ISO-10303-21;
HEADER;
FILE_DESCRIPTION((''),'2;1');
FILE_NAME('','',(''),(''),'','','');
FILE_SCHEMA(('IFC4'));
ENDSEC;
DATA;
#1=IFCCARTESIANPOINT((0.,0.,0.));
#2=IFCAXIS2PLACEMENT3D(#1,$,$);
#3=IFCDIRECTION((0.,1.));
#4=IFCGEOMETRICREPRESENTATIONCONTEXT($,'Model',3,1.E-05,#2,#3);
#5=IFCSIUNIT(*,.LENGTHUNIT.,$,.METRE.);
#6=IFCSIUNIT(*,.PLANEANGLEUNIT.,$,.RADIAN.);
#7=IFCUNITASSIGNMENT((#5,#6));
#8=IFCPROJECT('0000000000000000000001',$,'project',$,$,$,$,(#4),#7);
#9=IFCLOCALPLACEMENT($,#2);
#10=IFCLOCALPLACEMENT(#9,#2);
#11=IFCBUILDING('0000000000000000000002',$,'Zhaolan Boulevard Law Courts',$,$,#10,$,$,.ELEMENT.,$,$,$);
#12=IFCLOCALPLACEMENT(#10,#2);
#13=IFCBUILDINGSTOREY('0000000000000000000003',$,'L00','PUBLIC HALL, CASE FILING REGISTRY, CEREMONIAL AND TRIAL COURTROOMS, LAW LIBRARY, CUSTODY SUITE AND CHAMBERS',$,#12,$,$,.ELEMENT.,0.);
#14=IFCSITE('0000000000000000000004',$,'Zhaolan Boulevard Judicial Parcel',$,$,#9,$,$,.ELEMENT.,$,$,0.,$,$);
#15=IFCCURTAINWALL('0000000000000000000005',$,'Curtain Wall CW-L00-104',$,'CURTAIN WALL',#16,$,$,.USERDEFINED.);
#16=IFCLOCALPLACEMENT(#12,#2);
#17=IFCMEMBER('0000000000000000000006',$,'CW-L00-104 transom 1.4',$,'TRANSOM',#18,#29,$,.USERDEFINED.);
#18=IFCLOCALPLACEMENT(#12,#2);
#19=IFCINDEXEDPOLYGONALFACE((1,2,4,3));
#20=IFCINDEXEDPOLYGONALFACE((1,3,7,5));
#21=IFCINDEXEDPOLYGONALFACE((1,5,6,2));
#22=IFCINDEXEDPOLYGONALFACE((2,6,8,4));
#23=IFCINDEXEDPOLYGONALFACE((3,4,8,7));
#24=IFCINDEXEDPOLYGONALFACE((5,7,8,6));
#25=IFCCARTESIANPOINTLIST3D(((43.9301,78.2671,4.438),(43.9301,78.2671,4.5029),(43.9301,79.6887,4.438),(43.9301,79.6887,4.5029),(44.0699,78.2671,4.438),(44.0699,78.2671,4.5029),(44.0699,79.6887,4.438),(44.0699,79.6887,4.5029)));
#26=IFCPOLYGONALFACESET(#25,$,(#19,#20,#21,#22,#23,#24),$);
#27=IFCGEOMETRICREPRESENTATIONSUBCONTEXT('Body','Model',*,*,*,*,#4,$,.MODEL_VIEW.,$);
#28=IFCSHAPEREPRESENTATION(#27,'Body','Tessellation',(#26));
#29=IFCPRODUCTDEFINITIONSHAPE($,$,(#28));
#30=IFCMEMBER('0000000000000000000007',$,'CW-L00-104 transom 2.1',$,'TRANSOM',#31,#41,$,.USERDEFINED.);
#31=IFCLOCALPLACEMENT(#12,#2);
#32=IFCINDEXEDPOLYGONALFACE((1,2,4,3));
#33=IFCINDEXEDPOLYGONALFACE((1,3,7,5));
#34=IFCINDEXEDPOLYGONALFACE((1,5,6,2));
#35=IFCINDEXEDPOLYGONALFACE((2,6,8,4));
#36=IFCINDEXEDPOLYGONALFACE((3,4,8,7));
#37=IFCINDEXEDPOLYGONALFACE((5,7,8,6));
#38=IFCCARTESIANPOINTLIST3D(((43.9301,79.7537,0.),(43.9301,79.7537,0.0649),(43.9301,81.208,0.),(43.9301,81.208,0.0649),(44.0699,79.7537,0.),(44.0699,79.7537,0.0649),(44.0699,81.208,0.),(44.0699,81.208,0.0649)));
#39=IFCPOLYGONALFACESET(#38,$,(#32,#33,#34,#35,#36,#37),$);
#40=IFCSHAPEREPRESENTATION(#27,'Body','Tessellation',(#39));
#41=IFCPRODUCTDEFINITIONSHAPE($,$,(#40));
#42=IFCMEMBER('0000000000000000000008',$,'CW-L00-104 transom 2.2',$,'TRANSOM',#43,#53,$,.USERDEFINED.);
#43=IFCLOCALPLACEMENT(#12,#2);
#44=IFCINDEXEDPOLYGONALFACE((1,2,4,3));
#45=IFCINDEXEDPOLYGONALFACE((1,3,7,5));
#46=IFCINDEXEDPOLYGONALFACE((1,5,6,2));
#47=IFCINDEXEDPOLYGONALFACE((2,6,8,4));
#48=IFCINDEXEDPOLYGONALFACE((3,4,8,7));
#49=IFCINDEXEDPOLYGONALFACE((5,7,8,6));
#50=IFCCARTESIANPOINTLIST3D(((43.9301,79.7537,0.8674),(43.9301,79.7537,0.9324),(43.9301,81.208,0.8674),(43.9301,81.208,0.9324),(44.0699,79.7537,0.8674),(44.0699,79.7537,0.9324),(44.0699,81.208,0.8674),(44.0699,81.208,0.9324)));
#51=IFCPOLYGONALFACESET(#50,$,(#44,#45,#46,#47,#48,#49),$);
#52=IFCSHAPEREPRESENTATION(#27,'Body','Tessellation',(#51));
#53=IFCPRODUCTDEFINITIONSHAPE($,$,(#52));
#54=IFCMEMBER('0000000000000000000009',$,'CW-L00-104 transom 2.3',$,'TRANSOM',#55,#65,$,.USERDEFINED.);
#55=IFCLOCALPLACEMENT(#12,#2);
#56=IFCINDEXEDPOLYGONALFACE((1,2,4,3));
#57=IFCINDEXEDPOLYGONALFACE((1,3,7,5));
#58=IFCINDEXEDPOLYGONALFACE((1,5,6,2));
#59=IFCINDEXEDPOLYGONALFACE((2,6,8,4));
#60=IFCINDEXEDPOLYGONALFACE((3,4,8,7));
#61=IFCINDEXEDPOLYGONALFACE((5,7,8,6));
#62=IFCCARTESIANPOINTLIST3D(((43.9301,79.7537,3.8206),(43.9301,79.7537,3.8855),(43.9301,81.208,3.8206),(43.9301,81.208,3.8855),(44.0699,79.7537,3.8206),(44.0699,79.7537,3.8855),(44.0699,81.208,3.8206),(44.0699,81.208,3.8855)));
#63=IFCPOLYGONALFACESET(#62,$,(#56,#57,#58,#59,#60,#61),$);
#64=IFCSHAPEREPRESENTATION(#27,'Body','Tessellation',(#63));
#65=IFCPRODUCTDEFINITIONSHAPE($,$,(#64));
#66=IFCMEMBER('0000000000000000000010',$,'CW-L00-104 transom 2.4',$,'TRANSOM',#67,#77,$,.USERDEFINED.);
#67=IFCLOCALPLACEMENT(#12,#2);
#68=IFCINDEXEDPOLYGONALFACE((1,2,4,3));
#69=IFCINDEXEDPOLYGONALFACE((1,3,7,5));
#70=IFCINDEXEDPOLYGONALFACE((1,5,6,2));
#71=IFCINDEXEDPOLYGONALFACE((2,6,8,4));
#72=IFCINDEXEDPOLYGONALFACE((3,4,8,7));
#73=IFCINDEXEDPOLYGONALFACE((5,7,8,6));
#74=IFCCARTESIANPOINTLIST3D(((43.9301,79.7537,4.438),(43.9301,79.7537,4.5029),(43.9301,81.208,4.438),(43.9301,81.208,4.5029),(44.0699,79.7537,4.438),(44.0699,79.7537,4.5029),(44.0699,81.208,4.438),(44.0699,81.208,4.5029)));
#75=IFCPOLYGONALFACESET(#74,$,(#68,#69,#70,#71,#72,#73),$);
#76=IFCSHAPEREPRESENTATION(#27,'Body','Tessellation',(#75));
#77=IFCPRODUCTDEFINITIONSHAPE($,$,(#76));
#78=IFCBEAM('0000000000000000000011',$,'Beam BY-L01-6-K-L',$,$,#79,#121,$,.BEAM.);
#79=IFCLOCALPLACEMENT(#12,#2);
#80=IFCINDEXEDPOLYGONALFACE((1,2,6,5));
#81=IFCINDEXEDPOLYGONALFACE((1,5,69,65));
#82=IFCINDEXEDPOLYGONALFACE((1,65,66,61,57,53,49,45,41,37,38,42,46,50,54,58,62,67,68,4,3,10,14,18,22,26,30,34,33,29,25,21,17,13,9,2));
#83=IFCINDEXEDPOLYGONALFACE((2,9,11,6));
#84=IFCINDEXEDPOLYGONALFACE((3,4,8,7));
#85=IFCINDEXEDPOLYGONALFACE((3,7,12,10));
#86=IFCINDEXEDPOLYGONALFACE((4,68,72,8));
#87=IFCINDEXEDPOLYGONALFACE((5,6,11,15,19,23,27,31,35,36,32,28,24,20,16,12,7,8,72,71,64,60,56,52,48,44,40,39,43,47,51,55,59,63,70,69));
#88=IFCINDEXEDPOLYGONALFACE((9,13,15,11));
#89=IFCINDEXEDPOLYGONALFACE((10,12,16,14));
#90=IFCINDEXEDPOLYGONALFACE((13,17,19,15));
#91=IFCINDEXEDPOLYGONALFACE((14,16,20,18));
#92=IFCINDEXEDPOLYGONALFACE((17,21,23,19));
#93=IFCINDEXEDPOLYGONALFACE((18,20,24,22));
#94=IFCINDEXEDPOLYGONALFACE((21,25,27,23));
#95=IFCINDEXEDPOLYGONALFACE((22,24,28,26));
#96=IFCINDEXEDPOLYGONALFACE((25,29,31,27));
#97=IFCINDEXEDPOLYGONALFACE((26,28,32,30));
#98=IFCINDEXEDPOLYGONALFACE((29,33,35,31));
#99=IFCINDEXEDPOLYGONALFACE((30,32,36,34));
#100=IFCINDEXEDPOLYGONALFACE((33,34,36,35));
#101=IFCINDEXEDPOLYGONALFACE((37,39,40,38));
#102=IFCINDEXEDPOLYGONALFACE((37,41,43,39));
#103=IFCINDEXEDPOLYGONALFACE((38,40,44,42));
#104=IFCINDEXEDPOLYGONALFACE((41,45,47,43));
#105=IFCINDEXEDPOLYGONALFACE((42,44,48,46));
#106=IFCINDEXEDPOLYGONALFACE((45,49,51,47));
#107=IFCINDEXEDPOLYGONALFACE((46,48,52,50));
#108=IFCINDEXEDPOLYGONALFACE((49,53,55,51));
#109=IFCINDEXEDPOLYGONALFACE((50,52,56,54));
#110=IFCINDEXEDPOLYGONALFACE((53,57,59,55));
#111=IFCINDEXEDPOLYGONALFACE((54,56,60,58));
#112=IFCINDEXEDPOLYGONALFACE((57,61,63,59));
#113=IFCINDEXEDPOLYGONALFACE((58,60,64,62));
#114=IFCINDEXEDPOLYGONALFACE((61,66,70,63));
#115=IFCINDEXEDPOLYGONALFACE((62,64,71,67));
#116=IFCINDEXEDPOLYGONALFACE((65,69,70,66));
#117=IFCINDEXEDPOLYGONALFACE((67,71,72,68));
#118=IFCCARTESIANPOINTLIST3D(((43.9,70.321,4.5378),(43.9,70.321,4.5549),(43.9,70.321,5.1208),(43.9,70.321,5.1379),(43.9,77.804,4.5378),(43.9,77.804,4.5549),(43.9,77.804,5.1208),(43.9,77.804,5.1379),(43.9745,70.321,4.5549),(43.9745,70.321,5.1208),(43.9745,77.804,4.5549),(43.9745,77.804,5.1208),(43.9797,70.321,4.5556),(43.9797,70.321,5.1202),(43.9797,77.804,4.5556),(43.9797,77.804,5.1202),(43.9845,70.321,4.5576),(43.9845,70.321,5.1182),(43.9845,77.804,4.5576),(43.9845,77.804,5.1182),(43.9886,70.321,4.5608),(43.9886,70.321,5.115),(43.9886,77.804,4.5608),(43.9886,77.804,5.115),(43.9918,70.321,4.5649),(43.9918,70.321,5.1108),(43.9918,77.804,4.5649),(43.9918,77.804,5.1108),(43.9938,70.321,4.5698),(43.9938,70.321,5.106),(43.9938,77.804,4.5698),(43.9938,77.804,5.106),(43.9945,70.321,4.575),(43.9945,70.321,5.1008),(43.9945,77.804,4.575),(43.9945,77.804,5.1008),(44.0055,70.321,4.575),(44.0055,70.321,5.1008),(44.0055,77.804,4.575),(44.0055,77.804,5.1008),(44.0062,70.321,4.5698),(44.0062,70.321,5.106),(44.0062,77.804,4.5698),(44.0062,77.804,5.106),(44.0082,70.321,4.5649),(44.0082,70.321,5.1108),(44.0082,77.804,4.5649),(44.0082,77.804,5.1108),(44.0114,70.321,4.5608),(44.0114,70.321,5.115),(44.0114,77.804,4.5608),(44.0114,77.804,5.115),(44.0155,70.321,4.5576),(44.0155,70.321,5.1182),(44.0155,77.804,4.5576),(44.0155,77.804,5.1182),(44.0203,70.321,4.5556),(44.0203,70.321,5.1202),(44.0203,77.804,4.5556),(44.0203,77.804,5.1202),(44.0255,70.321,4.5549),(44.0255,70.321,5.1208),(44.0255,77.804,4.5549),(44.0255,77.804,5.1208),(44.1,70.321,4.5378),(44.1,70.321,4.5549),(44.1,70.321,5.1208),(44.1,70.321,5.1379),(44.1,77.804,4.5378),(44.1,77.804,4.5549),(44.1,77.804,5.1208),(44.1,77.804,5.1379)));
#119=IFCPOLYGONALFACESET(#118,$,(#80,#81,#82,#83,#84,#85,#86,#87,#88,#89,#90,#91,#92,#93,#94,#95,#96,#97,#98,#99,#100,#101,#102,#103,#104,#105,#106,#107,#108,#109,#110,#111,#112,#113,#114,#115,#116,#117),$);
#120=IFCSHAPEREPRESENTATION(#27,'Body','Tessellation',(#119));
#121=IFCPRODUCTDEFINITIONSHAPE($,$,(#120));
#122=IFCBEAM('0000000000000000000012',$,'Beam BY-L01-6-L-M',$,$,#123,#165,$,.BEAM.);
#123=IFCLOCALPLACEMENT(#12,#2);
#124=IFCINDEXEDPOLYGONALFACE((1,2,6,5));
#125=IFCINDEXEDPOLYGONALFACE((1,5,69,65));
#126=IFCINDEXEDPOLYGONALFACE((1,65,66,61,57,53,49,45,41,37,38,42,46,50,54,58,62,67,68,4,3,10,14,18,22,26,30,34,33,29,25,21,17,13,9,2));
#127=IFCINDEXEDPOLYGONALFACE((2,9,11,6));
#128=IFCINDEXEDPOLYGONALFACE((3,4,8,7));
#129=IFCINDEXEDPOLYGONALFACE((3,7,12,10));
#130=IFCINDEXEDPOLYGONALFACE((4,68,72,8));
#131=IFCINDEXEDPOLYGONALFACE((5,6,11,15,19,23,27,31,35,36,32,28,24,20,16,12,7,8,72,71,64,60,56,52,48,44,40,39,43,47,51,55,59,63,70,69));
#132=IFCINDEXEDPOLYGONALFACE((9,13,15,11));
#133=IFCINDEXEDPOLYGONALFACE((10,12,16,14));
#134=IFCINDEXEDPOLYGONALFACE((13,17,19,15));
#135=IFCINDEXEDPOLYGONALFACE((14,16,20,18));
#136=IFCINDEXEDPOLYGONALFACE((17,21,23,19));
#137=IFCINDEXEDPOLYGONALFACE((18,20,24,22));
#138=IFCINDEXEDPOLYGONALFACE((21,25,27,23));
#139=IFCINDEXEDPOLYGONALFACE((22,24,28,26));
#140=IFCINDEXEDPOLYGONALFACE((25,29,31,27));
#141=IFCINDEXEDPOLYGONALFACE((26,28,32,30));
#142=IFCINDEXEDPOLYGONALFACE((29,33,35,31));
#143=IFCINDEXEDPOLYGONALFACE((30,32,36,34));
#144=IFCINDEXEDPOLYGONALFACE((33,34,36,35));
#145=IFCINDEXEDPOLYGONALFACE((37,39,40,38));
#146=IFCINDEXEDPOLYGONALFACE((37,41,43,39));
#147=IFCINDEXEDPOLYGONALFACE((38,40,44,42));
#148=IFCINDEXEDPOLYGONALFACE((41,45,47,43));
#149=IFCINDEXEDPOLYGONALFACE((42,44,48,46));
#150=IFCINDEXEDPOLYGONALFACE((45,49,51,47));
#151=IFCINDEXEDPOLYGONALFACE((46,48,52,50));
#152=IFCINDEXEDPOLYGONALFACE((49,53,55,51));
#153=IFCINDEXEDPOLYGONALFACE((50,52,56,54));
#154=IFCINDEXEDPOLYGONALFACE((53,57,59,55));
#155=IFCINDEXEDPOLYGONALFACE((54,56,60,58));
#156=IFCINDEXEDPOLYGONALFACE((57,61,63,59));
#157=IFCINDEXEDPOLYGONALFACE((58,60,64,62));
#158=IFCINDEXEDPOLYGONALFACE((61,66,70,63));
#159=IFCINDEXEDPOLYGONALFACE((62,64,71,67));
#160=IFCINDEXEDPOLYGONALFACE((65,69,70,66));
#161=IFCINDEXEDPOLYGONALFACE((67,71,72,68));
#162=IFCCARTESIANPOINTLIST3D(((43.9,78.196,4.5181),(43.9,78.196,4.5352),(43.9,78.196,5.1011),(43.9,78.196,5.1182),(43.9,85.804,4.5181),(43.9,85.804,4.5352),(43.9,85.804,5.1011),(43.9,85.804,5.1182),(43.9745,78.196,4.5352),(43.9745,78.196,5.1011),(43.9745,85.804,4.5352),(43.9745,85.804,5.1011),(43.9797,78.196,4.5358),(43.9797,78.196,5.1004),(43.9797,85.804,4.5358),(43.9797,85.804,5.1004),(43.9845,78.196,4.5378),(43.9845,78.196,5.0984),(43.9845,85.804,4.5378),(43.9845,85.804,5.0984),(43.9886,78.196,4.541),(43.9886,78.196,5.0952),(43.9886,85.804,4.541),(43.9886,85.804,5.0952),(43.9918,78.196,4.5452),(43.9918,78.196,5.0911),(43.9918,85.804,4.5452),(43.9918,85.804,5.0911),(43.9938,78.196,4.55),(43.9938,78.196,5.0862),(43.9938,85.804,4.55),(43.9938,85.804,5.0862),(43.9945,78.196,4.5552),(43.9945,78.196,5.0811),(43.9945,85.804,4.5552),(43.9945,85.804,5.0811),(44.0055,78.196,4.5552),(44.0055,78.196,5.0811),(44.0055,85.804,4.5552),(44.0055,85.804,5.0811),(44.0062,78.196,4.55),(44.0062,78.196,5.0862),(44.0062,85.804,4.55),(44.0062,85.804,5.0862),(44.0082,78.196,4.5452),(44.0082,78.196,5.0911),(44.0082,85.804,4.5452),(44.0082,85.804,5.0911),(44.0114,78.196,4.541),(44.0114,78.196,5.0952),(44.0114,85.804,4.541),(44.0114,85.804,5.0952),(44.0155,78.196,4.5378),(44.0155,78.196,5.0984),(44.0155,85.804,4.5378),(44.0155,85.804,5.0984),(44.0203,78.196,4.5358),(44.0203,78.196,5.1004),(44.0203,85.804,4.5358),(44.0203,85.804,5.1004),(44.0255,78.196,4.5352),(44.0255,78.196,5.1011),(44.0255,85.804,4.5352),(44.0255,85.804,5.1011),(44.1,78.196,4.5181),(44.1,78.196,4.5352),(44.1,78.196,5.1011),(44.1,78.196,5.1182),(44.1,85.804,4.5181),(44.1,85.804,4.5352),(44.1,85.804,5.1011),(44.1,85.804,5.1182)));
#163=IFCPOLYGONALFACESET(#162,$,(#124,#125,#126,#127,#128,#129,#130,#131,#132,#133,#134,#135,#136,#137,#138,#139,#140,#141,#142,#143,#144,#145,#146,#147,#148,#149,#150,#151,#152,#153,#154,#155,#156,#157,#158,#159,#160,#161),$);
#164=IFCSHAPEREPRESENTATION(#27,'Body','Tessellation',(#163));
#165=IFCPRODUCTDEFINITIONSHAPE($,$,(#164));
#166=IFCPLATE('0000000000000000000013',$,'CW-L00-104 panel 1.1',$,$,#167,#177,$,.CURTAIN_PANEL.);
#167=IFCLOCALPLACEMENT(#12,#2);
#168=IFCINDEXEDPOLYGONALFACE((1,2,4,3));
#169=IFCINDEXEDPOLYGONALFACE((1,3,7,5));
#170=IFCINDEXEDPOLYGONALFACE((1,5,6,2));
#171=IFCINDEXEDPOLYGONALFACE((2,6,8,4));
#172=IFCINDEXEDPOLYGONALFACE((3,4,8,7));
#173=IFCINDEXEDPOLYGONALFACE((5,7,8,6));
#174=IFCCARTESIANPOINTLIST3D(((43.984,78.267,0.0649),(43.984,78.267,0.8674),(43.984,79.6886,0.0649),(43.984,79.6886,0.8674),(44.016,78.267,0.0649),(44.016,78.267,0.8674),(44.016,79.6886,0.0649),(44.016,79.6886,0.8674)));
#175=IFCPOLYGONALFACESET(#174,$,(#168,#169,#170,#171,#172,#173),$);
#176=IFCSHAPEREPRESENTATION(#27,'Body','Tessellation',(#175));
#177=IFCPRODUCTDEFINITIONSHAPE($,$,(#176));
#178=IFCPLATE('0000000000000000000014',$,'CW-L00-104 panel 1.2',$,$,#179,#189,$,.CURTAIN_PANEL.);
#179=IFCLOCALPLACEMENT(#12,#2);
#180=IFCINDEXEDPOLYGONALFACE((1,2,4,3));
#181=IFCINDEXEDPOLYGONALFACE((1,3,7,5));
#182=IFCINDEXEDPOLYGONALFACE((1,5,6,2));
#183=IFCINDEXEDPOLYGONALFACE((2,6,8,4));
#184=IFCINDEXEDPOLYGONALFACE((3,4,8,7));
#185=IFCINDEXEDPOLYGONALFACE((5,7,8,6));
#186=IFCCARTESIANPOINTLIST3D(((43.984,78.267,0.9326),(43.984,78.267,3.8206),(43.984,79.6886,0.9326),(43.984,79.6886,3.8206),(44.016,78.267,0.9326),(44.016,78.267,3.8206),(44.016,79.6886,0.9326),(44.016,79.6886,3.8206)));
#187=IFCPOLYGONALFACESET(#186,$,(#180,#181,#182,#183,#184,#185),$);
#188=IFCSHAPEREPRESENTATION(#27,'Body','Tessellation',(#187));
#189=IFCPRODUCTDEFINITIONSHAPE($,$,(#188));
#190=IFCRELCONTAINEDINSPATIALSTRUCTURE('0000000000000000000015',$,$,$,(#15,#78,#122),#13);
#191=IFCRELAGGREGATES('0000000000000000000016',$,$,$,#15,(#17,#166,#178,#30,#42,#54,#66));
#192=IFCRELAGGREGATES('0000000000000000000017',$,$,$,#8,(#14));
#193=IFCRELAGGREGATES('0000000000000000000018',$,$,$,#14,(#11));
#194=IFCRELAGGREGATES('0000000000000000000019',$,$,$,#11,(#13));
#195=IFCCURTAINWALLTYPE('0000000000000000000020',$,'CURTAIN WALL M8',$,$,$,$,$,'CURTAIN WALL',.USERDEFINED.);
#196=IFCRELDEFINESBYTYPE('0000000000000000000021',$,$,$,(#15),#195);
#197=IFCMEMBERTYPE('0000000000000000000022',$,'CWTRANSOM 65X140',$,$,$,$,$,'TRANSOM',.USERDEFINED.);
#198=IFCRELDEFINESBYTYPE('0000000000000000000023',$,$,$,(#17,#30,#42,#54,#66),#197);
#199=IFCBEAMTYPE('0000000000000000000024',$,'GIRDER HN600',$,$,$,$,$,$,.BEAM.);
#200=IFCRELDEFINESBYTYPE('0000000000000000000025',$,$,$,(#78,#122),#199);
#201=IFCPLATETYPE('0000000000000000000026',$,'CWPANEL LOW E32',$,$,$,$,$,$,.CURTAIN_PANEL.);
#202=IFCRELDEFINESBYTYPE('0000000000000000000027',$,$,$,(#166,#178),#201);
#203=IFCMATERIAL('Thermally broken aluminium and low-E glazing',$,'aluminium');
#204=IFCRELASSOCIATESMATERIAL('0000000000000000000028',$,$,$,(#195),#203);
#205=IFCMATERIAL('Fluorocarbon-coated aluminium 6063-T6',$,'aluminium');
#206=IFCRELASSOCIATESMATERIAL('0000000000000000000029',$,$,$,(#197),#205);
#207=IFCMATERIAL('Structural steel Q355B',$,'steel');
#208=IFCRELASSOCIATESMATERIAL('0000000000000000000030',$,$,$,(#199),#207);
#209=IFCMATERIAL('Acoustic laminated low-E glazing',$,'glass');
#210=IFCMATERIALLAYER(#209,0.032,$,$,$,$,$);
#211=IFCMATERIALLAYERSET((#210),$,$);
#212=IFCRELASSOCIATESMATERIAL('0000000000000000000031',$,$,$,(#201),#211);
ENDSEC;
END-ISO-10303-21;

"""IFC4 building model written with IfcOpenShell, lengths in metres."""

from ifc_helpers import new_model, si_unit, direction, frame, origin, origin_2d, place, context, subcontext, project, spatial, rectangle, i_section, extrude, material, layer, layer_set, material_profile, profile_set, type_object, element, aggregate, save


model = new_model("IFC4")

# Units and contexts
model_context = context("Model", 3, precision=1e-05, world=origin(), true_north=direction((0.0, 1.0)))
body_context = subcontext(model_context, "Body", "Model", "MODEL_VIEW")
ifc_project = project(units=[si_unit("LENGTHUNIT", "METRE"), si_unit("PLANEANGLEUNIT", "RADIAN")], contexts=[model_context])

# Site, building, storey
site_placement = place(None, origin())
site = spatial("IfcSite", under=ifc_project, at=site_placement, Name="Zhaolan Boulevard Judicial Parcel", CompositionType="ELEMENT", RefElevation=0.0)
building_placement = place(site_placement, origin())
building = spatial("IfcBuilding", under=site, at=building_placement, Name="Zhaolan Boulevard Law Courts", CompositionType="ELEMENT")
storey_placement = place(building_placement, origin())
storey = spatial("IfcBuildingStorey", under=building, at=storey_placement, Name="L00", Description="PUBLIC HALL, CASE FILING REGISTRY, CEREMONIAL AND TRIAL COURTROOMS, LAW LIBRARY, CUSTODY SUITE AND CHAMBERS", CompositionType="ELEMENT", Elevation=0.0)

# Curtain wall, members
ifc_material_1 = material(Name="Thermally broken aluminium and low-E glazing", Category="aluminium")
curtain_wall_type = type_object("IfcCurtainWallType", Name="CURTAIN WALL M8", ElementType="CURTAIN WALL", PredefinedType="USERDEFINED", material=ifc_material_1)
curtain_wall_placement = place(storey_placement, origin())
curtain_wall = element("IfcCurtainWall", 1, at=curtain_wall_placement, inside=storey, type_object=curtain_wall_type, Name="Curtain Wall CW-L00-104", ObjectType="CURTAIN WALL", PredefinedType="USERDEFINED")
ifc_material_2 = material(Name="Fluorocarbon-coated aluminium 6063-T6", Category="aluminium")
ifc_material_profile_1 = material_profile(ifc_material_2, rectangle(XDim=0.1399, YDim=0.0649, at=origin_2d()), Name="AL65x140")
ifc_profile_set_1 = profile_set([ifc_material_profile_1], Name="Fluorocarbon-coated aluminium 6063-T6")
member_type_1 = type_object("IfcMemberType", Name="CWTRANSOM 65X140", ElementType="TRANSOM", PredefinedType="USERDEFINED", material=ifc_profile_set_1)
member_1_placement = place(storey_placement, frame((44.0, 78.2671, 4.4705), z_axis=(0.0, 1.0, 0.0), x_axis=(-1.0, 0.0, 0.0)))
member_1 = element("IfcMember", 2, at=member_1_placement, type_object=member_type_1, Name="CW-L00-104 transom 1.4", ObjectType="TRANSOM", PredefinedType="USERDEFINED", context=body_context, shape_type="SweptSolid", body=[
    extrude(rectangle(XDim=0.1399, YDim=0.0649, at=origin_2d()), origin(), (0.0, 0.0, 1.0), 1.4216),
])
member_2_placement = place(storey_placement, frame((44.0, 79.7537, 0.0325), z_axis=(0.0, 1.0, 0.0), x_axis=(-1.0, 0.0, 0.0)))
member_2 = element("IfcMember", 3, at=member_2_placement, type_object=member_type_1, Name="CW-L00-104 transom 2.1", ObjectType="TRANSOM", PredefinedType="USERDEFINED", context=body_context, shape_type="SweptSolid", body=[
    extrude(rectangle(XDim=0.1399, YDim=0.0649, at=origin_2d()), origin(), (0.0, 0.0, 1.0), 1.4543),
])
member_3_placement = place(storey_placement, frame((44.0, 79.7537, 0.8999), z_axis=(0.0, 1.0, 0.0), x_axis=(-1.0, 0.0, 0.0)))
member_3 = element("IfcMember", 4, at=member_3_placement, type_object=member_type_1, Name="CW-L00-104 transom 2.2", ObjectType="TRANSOM", PredefinedType="USERDEFINED", context=body_context, shape_type="SweptSolid", body=[
    extrude(rectangle(XDim=0.1399, YDim=0.0649, at=origin_2d()), origin(), (0.0, 0.0, 1.0), 1.4543),
])
member_4_placement = place(storey_placement, frame((44.0, 79.7537, 3.853), z_axis=(0.0, 1.0, 0.0), x_axis=(-1.0, 0.0, 0.0)))
member_4 = element("IfcMember", 5, at=member_4_placement, type_object=member_type_1, Name="CW-L00-104 transom 2.3", ObjectType="TRANSOM", PredefinedType="USERDEFINED", context=body_context, shape_type="SweptSolid", body=[
    extrude(rectangle(XDim=0.1399, YDim=0.0649, at=origin_2d()), origin(), (0.0, 0.0, 1.0), 1.4543),
])
member_5_placement = place(storey_placement, frame((44.0, 79.7537, 4.4705), z_axis=(0.0, 1.0, 0.0), x_axis=(-1.0, 0.0, 0.0)))
member_5 = element("IfcMember", 6, at=member_5_placement, type_object=member_type_1, Name="CW-L00-104 transom 2.4", ObjectType="TRANSOM", PredefinedType="USERDEFINED", context=body_context, shape_type="SweptSolid", body=[
    extrude(rectangle(XDim=0.1399, YDim=0.0649, at=origin_2d()), origin(), (0.0, 0.0, 1.0), 1.4543),
])

# Beams
ifc_material_3 = material(Name="Structural steel Q355B", Category="steel")
ifc_material_profile_2 = material_profile(ifc_material_3, i_section(OverallWidth=0.2, OverallDepth=0.6001, WebThickness=0.011, FlangeThickness=0.0171, FilletRadius=0.02, at=origin_2d()), Name="HN600x200")
ifc_profile_set_2 = profile_set([ifc_material_profile_2], Name="Structural steel Q355B")
beam_type = type_object("IfcBeamType", Name="GIRDER HN600", PredefinedType="BEAM", material=ifc_profile_set_2)
beam_1_placement = place(storey_placement, frame((44.0, 70.321, 4.8379), z_axis=(0.0, 1.0, 0.0), x_axis=(-1.0, 0.0, 0.0)))
element("IfcBeam", 7, at=beam_1_placement, inside=storey, type_object=beam_type, Name="Beam BY-L01-6-K-L", PredefinedType="BEAM", context=body_context, shape_type="SweptSolid", body=[
    extrude(i_section(OverallWidth=0.2, OverallDepth=0.6001, WebThickness=0.011, FlangeThickness=0.0171, FilletRadius=0.02, at=origin_2d()), origin(), (0.0, 0.0, 1.0), 7.4829),
])
beam_2_placement = place(storey_placement, frame((44.0, 78.196, 4.8181), z_axis=(0.0, 1.0, 0.0), x_axis=(-1.0, 0.0, 0.0)))
element("IfcBeam", 8, at=beam_2_placement, inside=storey, type_object=beam_type, Name="Beam BY-L01-6-L-M", PredefinedType="BEAM", context=body_context, shape_type="SweptSolid", body=[
    extrude(i_section(OverallWidth=0.2, OverallDepth=0.6001, WebThickness=0.011, FlangeThickness=0.0171, FilletRadius=0.02, at=origin_2d()), origin(), (0.0, 0.0, 1.0), 7.6079),
])

# Plates
ifc_material_4 = material(Name="Acoustic laminated low-E glazing", Category="glass")
ifc_layer_1 = layer(ifc_material_4, 0.032)
ifc_layer_set_1 = layer_set([ifc_layer_1])
plate_type_1 = type_object("IfcPlateType", Name="CWPANEL LOW E32", PredefinedType="CURTAIN_PANEL", material=ifc_layer_set_1)
plate_1_placement = place(storey_placement, frame((44.0, 78.9778, 0.0649), z_axis=(0.0, 0.0, 1.0), x_axis=(0.0, 1.0, 0.0)))
plate_1 = element("IfcPlate", 9, at=plate_1_placement, type_object=plate_type_1, Name="CW-L00-104 panel 1.1", PredefinedType="CURTAIN_PANEL", context=body_context, shape_type="SweptSolid", body=[
    extrude(rectangle(XDim=1.4216, YDim=0.032, at=origin_2d()), origin(), (0.0, 0.0, 1.0), 0.8025),
])
plate_2_placement = place(storey_placement, frame((44.0, 78.9778, 0.9326), z_axis=(0.0, 0.0, 1.0), x_axis=(0.0, 1.0, 0.0)))
plate_2 = element("IfcPlate", 10, at=plate_2_placement, type_object=plate_type_1, Name="CW-L00-104 panel 1.2", PredefinedType="CURTAIN_PANEL", context=body_context, shape_type="SweptSolid", body=[
    extrude(rectangle(XDim=1.4216, YDim=0.032, at=origin_2d()), origin(), (0.0, 0.0, 1.0), 2.8879),
])
aggregate(curtain_wall, [member_1, plate_1, plate_2, member_2, member_3, member_4, member_5])

save(model, "model.ifc")
